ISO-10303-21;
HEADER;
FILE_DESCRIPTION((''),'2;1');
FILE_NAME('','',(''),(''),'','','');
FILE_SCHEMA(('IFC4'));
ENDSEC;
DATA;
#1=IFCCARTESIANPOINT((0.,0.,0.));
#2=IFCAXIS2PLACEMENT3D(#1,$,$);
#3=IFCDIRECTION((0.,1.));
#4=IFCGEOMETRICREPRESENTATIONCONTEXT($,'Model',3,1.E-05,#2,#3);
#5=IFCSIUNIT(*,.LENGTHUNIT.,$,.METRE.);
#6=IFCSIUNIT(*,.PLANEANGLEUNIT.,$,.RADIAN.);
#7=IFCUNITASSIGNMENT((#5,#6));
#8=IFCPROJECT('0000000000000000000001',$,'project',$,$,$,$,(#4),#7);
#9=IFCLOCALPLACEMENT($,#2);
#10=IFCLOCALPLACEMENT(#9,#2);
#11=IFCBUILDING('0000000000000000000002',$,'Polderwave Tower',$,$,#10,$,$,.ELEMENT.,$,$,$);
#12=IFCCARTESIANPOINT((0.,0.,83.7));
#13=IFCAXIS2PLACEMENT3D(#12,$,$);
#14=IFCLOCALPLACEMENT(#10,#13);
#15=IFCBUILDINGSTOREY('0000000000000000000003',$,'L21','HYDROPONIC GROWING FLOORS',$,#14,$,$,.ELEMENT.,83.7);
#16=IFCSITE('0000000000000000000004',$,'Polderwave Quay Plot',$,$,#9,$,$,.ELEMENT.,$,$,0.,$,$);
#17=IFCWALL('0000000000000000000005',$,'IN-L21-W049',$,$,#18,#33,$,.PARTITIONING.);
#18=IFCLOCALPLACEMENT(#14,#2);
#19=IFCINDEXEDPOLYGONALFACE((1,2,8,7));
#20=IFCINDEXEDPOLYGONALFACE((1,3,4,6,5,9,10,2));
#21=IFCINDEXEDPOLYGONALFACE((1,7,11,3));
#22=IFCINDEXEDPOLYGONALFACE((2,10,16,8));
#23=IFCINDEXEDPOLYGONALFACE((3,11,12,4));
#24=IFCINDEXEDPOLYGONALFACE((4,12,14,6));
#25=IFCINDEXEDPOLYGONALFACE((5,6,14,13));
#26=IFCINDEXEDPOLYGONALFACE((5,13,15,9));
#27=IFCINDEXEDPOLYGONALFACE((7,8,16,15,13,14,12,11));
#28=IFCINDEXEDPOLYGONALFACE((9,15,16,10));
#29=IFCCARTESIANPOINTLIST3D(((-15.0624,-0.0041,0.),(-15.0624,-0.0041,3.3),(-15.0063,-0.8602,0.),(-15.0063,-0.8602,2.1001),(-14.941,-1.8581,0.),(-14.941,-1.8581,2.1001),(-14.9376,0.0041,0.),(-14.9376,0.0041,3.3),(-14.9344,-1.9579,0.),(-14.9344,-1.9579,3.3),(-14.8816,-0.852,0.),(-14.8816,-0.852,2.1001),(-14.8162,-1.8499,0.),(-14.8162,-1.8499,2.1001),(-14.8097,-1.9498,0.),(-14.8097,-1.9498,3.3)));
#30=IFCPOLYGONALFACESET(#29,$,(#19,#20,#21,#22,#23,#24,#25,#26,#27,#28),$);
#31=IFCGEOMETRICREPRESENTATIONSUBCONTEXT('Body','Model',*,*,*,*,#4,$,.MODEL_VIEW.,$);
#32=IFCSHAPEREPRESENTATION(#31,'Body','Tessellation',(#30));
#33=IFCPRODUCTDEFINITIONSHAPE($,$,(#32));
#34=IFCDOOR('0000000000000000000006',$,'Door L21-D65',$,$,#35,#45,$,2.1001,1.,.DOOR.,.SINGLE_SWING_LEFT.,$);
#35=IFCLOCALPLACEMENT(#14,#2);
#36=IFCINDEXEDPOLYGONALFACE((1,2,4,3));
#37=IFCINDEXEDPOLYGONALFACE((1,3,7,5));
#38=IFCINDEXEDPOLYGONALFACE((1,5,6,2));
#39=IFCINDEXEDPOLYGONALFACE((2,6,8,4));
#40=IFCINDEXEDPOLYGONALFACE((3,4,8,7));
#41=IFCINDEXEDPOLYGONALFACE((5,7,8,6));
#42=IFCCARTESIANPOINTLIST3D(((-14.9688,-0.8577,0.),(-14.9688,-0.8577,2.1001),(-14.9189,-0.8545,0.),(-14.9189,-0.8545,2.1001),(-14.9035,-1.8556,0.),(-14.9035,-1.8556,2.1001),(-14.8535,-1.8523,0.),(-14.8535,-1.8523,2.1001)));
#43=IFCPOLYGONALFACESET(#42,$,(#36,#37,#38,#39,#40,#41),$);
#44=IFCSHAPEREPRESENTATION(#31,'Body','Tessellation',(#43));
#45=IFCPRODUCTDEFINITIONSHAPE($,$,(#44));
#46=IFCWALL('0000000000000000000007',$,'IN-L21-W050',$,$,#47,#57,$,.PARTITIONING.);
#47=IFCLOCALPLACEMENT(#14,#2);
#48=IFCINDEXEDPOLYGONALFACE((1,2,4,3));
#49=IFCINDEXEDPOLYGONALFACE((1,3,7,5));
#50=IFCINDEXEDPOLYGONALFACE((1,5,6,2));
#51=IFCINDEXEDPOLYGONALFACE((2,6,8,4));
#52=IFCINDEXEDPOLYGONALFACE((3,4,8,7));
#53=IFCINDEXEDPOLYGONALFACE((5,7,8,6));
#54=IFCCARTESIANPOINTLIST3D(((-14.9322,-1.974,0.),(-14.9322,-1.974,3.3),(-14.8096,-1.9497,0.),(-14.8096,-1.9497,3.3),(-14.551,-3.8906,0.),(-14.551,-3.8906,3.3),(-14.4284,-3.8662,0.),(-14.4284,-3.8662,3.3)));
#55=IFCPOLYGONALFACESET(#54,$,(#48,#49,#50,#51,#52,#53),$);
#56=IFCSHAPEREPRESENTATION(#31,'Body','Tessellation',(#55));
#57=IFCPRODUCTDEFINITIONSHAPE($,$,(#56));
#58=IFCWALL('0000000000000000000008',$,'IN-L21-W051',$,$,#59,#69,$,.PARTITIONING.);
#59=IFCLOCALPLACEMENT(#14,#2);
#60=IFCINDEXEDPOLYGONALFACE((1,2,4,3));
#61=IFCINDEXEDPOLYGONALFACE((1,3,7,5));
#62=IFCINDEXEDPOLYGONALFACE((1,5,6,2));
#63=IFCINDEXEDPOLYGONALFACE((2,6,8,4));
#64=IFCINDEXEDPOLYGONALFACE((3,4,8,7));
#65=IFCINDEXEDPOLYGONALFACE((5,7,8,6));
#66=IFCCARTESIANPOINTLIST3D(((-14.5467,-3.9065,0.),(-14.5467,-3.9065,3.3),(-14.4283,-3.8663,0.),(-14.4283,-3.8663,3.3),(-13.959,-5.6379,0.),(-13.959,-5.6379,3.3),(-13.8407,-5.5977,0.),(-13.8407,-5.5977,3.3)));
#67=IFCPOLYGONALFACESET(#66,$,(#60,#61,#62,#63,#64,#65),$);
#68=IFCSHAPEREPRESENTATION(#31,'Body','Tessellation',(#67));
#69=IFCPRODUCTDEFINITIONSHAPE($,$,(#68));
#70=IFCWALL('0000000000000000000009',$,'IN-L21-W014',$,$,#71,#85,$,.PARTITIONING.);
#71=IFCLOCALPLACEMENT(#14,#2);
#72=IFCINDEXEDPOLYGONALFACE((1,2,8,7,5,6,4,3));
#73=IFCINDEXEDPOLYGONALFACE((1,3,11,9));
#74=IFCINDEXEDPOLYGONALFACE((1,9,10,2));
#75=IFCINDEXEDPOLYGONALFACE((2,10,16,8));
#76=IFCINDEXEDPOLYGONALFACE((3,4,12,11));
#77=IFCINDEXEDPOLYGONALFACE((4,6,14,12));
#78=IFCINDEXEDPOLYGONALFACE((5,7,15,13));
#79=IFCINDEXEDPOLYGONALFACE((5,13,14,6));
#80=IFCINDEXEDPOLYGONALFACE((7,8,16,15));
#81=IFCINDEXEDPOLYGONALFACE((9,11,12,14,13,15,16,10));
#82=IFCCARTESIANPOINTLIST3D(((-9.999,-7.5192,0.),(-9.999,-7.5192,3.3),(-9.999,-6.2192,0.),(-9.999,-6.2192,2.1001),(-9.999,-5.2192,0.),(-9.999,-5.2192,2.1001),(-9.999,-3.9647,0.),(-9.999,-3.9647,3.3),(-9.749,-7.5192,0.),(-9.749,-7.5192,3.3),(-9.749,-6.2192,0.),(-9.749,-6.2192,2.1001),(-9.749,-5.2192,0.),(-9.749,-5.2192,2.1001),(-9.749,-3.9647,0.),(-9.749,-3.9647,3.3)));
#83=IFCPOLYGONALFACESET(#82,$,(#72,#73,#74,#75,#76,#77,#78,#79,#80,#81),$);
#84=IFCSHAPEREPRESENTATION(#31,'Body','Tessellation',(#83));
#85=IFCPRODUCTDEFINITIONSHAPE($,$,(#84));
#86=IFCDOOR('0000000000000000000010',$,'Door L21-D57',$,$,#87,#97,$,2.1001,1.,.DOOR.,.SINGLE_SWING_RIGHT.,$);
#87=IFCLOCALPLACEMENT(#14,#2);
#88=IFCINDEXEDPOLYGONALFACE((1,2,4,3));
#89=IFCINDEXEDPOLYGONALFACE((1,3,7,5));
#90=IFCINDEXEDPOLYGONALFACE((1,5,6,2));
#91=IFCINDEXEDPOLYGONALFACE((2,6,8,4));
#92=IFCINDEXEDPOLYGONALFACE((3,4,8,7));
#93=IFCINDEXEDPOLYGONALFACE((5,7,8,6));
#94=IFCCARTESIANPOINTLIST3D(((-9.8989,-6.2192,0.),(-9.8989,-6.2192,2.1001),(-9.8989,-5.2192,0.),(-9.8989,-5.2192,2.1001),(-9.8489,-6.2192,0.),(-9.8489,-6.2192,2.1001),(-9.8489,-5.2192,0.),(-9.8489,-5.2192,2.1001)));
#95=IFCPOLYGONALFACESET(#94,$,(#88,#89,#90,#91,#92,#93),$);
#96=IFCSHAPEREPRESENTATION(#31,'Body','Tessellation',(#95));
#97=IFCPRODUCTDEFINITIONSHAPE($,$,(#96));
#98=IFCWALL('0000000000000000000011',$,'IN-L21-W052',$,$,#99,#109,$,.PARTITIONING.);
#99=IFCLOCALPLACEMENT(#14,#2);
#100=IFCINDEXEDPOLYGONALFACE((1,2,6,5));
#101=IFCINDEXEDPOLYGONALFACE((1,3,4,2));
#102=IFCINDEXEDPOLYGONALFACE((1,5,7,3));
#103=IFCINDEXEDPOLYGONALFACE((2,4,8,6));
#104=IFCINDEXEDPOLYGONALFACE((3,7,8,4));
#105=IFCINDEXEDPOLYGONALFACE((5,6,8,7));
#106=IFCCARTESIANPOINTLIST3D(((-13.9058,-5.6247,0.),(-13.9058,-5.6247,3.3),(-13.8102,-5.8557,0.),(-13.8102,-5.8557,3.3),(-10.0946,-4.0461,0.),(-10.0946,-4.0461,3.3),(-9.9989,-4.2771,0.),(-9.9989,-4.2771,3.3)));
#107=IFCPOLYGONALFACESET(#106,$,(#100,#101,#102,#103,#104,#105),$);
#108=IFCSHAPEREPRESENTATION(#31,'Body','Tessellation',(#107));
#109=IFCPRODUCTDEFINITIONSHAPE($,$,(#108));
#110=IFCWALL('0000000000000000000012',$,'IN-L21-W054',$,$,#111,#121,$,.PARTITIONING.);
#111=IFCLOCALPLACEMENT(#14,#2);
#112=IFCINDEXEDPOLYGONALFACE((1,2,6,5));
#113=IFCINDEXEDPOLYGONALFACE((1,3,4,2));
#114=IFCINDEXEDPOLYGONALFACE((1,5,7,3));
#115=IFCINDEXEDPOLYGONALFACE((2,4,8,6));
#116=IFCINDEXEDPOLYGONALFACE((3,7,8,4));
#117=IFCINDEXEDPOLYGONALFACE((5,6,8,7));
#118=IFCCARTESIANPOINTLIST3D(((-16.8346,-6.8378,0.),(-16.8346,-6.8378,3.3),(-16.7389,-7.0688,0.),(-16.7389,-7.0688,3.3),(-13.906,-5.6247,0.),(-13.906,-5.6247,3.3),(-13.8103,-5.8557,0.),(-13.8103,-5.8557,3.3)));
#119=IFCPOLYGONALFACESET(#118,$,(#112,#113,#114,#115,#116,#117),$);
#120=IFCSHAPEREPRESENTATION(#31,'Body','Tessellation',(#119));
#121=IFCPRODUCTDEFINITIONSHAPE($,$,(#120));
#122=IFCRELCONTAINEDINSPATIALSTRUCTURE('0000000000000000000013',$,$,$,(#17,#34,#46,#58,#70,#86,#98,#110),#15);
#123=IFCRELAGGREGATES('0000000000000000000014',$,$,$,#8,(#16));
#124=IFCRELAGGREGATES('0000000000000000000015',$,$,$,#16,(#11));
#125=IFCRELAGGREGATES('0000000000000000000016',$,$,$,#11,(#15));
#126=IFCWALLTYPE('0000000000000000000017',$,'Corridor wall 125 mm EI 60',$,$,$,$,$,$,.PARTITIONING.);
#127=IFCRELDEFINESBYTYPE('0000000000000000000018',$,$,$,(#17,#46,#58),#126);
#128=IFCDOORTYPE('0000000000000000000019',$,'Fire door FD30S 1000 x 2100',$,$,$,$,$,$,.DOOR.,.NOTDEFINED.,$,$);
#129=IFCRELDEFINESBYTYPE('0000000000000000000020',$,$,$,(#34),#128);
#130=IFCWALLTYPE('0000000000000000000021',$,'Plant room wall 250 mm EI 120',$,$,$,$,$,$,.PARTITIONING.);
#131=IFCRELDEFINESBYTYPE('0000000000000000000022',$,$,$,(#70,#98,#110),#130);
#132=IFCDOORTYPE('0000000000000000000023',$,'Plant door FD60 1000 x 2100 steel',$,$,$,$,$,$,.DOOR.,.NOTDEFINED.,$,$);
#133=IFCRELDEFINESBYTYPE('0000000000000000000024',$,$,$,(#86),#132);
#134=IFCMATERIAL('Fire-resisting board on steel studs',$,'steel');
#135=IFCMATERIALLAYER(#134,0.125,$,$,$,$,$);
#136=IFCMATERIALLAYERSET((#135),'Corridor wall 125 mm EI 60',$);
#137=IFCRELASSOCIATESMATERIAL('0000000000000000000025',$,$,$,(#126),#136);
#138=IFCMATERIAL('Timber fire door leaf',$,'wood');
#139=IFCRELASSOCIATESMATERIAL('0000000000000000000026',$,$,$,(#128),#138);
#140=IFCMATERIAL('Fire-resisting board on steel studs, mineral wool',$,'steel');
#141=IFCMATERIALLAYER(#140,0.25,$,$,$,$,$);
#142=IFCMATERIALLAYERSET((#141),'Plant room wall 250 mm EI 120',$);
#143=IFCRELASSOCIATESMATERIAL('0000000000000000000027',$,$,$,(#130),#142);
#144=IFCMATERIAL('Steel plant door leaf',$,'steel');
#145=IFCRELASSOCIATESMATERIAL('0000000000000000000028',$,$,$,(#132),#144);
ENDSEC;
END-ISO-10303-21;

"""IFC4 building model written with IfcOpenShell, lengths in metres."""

from ifc_helpers import new_model, si_unit, direction, frame, frame_2d, origin, place, context, subcontext, project, spatial, rectangle, extrude, material, layer, layer_set, type_object, element, fill, save


model = new_model("IFC4")

# Units and contexts
model_context = context("Model", 3, precision=1e-05, world=origin(), true_north=direction((0.0, 1.0)))
body_context = subcontext(model_context, "Body", "Model", "MODEL_VIEW")
ifc_project = project(units=[si_unit("LENGTHUNIT", "METRE"), si_unit("PLANEANGLEUNIT", "RADIAN")], contexts=[model_context])

# Site, building, storey
site_placement = place(None, origin())
site = spatial("IfcSite", under=ifc_project, at=site_placement, Name="Polderwave Quay Plot", CompositionType="ELEMENT", RefElevation=0.0)
building_placement = place(site_placement, origin())
building = spatial("IfcBuilding", under=site, at=building_placement, Name="Polderwave Tower", CompositionType="ELEMENT")
storey_placement = place(building_placement, frame((0.0, 0.0, 83.7)))
storey = spatial("IfcBuildingStorey", under=building, at=storey_placement, Name="L21", Description="HYDROPONIC GROWING FLOORS", CompositionType="ELEMENT", Elevation=83.7)

# Wall, opening, door
ifc_material_1 = material(Name="Fire-resisting board on steel studs", Category="steel")
ifc_layer_1 = layer(ifc_material_1, 0.125)
ifc_layer_set_1 = layer_set([ifc_layer_1], Name="Corridor wall 125 mm EI 60")
wall_type_1 = type_object("IfcWallType", Name="Corridor wall 125 mm EI 60", PredefinedType="PARTITIONING", material=ifc_layer_set_1)
wall_1_placement = place(storey_placement, frame((-14.8721, -1.9539, 0.0), z_axis=(0.0, 0.0, 1.0), x_axis=(-0.065336, 0.997863, 0.0)))
wall_1 = element("IfcWall", 1, at=wall_1_placement, inside=storey, type_object=wall_type_1, Name="IN-L21-W049", PredefinedType="PARTITIONING", context=body_context, shape_type="SweptSolid", body=[
    extrude(rectangle(XDim=1.958, YDim=0.125, at=frame_2d((0.979, 0.0))), origin(), (0.0, 0.0, 1.0), 3.3),
])
opening_1_placement = place(wall_1_placement, frame((0.1001, 0.0, 0.0)))
opening_1 = element("IfcOpeningElement", 2, at=opening_1_placement, cuts=wall_1, PredefinedType="OPENING", context=body_context, shape_type="SweptSolid", body=[
    extrude(rectangle(XDim=1.0, YDim=2.1001, at=frame_2d((0.5, 1.05))), frame((0.0, 0.0725, 0.0), z_axis=(0.0, -1.0, 0.0), x_axis=(1.0, 0.0, 0.0)), (0.0, 0.0, 1.0), 0.145),
])
ifc_material_2 = material(Name="Timber fire door leaf", Category="wood")
door_type_1 = type_object("IfcDoorType", Name="Fire door FD30S 1000 x 2100", OperationType="NOTDEFINED", PredefinedType="DOOR", material=ifc_material_2)
door_1_placement = place(opening_1_placement, origin())
door_1 = element("IfcDoor", 3, at=door_1_placement, inside=storey, type_object=door_type_1, Name="Door L21-D65", OperationType="SINGLE_SWING_LEFT", OverallHeight=2.1001, OverallWidth=1.0, PredefinedType="DOOR", context=body_context, shape_type="SweptSolid", body=[
    extrude(rectangle(XDim=1.0, YDim=2.1001, at=frame_2d((0.5, 1.05))), frame((0.0, 0.0249, 0.0), z_axis=(0.0, -1.0, 0.0), x_axis=(1.0, 0.0, 0.0)), (0.0, 0.0, 1.0), 0.05),
])
fill(opening_1, door_1)

# Walls
wall_2_placement = place(storey_placement, frame((-14.4897, -3.8784, 0.0), z_axis=(0.0, 0.0, 1.0), x_axis=(-0.195035, 0.980796, 0.0)))
element("IfcWall", 4, at=wall_2_placement, inside=storey, type_object=wall_type_1, Name="IN-L21-W050", PredefinedType="PARTITIONING", context=body_context, shape_type="SweptSolid", body=[
    extrude(rectangle(XDim=1.9541, YDim=0.125, at=frame_2d((0.9771, 0.0))), origin(), (0.0, 0.0, 1.0), 3.3),
])
wall_3_placement = place(storey_placement, frame((-13.8999, -5.6177, 0.0), z_axis=(0.0, 0.0, 1.0), x_axis=(-0.32139, 0.946947, 0.0)))
element("IfcWall", 5, at=wall_3_placement, inside=storey, type_object=wall_type_1, Name="IN-L21-W051", PredefinedType="PARTITIONING", context=body_context, shape_type="SweptSolid", body=[
    extrude(rectangle(XDim=1.8284, YDim=0.125, at=frame_2d((0.9141, 0.0))), origin(), (0.0, 0.0, 1.0), 3.3),
])

# Wall, opening, door
ifc_material_3 = material(Name="Fire-resisting board on steel studs, mineral wool", Category="steel")
ifc_layer_2 = layer(ifc_material_3, 0.25)
ifc_layer_set_2 = layer_set([ifc_layer_2], Name="Plant room wall 250 mm EI 120")
wall_type_2 = type_object("IfcWallType", Name="Plant room wall 250 mm EI 120", PredefinedType="PARTITIONING", material=ifc_layer_set_2)
wall_4_placement = place(storey_placement, frame((-9.874, -7.5193, 0.0), z_axis=(0.0, 0.0, 1.0), x_axis=(0.0, 1.0, 0.0)))
wall_4 = element("IfcWall", 6, at=wall_4_placement, inside=storey, type_object=wall_type_2, Name="IN-L21-W014", PredefinedType="PARTITIONING", context=body_context, shape_type="SweptSolid", body=[
    extrude(rectangle(XDim=3.5544, YDim=0.25, at=frame_2d((1.7773, 0.0))), origin(), (0.0, 0.0, 1.0), 3.3),
])
opening_2_placement = place(wall_4_placement, frame((1.3, 0.0, 0.0)))
opening_2 = element("IfcOpeningElement", 7, at=opening_2_placement, cuts=wall_4, PredefinedType="OPENING", context=body_context, shape_type="SweptSolid", body=[
    extrude(rectangle(XDim=1.0, YDim=2.1001, at=frame_2d((0.5, 1.05))), frame((0.0, 0.135, 0.0), z_axis=(0.0, -1.0, 0.0), x_axis=(1.0, 0.0, 0.0)), (0.0, 0.0, 1.0), 0.27),
])
ifc_material_4 = material(Name="Steel plant door leaf", Category="steel")
door_type_2 = type_object("IfcDoorType", Name="Plant door FD60 1000 x 2100 steel", OperationType="NOTDEFINED", PredefinedType="DOOR", material=ifc_material_4)
door_2_placement = place(opening_2_placement, origin())
door_2 = element("IfcDoor", 8, at=door_2_placement, inside=storey, type_object=door_type_2, Name="Door L21-D57", OperationType="SINGLE_SWING_RIGHT", OverallHeight=2.1001, OverallWidth=1.0, PredefinedType="DOOR", context=body_context, shape_type="SweptSolid", body=[
    extrude(rectangle(XDim=1.0, YDim=2.1001, at=frame_2d((0.5, 1.05))), frame((0.0, 0.0249, 0.0), z_axis=(0.0, -1.0, 0.0), x_axis=(1.0, 0.0, 0.0)), (0.0, 0.0, 1.0), 0.05),
])
fill(opening_2, door_2)

# Walls
wall_5_placement = place(storey_placement, frame((-10.0469, -4.1616, 0.0), z_axis=(0.0, 0.0, 1.0), x_axis=(-0.923886, -0.382669, 0.0)))
element("IfcWall", 9, at=wall_5_placement, inside=storey, type_object=wall_type_2, Name="IN-L21-W052", PredefinedType="PARTITIONING", context=body_context, shape_type="SweptSolid", body=[
    extrude(rectangle(XDim=4.1252, YDim=0.25, at=frame_2d((2.0625, 0.0))), origin(), (0.0, 0.0, 1.0), 3.3),
])
wall_6_placement = place(storey_placement, frame((-13.8582, -5.7402, 0.0), z_axis=(0.0, 0.0, 1.0), x_axis=(-0.923877, -0.38269, 0.0)))
element("IfcWall", 10, at=wall_6_placement, inside=storey, type_object=wall_type_2, Name="IN-L21-W054", PredefinedType="PARTITIONING", context=body_context, shape_type="SweptSolid", body=[
    extrude(rectangle(XDim=3.1699, YDim=0.25, at=frame_2d((1.585, 0.0))), origin(), (0.0, 0.0, 1.0), 3.3),
])

save(model, "model.ifc")
